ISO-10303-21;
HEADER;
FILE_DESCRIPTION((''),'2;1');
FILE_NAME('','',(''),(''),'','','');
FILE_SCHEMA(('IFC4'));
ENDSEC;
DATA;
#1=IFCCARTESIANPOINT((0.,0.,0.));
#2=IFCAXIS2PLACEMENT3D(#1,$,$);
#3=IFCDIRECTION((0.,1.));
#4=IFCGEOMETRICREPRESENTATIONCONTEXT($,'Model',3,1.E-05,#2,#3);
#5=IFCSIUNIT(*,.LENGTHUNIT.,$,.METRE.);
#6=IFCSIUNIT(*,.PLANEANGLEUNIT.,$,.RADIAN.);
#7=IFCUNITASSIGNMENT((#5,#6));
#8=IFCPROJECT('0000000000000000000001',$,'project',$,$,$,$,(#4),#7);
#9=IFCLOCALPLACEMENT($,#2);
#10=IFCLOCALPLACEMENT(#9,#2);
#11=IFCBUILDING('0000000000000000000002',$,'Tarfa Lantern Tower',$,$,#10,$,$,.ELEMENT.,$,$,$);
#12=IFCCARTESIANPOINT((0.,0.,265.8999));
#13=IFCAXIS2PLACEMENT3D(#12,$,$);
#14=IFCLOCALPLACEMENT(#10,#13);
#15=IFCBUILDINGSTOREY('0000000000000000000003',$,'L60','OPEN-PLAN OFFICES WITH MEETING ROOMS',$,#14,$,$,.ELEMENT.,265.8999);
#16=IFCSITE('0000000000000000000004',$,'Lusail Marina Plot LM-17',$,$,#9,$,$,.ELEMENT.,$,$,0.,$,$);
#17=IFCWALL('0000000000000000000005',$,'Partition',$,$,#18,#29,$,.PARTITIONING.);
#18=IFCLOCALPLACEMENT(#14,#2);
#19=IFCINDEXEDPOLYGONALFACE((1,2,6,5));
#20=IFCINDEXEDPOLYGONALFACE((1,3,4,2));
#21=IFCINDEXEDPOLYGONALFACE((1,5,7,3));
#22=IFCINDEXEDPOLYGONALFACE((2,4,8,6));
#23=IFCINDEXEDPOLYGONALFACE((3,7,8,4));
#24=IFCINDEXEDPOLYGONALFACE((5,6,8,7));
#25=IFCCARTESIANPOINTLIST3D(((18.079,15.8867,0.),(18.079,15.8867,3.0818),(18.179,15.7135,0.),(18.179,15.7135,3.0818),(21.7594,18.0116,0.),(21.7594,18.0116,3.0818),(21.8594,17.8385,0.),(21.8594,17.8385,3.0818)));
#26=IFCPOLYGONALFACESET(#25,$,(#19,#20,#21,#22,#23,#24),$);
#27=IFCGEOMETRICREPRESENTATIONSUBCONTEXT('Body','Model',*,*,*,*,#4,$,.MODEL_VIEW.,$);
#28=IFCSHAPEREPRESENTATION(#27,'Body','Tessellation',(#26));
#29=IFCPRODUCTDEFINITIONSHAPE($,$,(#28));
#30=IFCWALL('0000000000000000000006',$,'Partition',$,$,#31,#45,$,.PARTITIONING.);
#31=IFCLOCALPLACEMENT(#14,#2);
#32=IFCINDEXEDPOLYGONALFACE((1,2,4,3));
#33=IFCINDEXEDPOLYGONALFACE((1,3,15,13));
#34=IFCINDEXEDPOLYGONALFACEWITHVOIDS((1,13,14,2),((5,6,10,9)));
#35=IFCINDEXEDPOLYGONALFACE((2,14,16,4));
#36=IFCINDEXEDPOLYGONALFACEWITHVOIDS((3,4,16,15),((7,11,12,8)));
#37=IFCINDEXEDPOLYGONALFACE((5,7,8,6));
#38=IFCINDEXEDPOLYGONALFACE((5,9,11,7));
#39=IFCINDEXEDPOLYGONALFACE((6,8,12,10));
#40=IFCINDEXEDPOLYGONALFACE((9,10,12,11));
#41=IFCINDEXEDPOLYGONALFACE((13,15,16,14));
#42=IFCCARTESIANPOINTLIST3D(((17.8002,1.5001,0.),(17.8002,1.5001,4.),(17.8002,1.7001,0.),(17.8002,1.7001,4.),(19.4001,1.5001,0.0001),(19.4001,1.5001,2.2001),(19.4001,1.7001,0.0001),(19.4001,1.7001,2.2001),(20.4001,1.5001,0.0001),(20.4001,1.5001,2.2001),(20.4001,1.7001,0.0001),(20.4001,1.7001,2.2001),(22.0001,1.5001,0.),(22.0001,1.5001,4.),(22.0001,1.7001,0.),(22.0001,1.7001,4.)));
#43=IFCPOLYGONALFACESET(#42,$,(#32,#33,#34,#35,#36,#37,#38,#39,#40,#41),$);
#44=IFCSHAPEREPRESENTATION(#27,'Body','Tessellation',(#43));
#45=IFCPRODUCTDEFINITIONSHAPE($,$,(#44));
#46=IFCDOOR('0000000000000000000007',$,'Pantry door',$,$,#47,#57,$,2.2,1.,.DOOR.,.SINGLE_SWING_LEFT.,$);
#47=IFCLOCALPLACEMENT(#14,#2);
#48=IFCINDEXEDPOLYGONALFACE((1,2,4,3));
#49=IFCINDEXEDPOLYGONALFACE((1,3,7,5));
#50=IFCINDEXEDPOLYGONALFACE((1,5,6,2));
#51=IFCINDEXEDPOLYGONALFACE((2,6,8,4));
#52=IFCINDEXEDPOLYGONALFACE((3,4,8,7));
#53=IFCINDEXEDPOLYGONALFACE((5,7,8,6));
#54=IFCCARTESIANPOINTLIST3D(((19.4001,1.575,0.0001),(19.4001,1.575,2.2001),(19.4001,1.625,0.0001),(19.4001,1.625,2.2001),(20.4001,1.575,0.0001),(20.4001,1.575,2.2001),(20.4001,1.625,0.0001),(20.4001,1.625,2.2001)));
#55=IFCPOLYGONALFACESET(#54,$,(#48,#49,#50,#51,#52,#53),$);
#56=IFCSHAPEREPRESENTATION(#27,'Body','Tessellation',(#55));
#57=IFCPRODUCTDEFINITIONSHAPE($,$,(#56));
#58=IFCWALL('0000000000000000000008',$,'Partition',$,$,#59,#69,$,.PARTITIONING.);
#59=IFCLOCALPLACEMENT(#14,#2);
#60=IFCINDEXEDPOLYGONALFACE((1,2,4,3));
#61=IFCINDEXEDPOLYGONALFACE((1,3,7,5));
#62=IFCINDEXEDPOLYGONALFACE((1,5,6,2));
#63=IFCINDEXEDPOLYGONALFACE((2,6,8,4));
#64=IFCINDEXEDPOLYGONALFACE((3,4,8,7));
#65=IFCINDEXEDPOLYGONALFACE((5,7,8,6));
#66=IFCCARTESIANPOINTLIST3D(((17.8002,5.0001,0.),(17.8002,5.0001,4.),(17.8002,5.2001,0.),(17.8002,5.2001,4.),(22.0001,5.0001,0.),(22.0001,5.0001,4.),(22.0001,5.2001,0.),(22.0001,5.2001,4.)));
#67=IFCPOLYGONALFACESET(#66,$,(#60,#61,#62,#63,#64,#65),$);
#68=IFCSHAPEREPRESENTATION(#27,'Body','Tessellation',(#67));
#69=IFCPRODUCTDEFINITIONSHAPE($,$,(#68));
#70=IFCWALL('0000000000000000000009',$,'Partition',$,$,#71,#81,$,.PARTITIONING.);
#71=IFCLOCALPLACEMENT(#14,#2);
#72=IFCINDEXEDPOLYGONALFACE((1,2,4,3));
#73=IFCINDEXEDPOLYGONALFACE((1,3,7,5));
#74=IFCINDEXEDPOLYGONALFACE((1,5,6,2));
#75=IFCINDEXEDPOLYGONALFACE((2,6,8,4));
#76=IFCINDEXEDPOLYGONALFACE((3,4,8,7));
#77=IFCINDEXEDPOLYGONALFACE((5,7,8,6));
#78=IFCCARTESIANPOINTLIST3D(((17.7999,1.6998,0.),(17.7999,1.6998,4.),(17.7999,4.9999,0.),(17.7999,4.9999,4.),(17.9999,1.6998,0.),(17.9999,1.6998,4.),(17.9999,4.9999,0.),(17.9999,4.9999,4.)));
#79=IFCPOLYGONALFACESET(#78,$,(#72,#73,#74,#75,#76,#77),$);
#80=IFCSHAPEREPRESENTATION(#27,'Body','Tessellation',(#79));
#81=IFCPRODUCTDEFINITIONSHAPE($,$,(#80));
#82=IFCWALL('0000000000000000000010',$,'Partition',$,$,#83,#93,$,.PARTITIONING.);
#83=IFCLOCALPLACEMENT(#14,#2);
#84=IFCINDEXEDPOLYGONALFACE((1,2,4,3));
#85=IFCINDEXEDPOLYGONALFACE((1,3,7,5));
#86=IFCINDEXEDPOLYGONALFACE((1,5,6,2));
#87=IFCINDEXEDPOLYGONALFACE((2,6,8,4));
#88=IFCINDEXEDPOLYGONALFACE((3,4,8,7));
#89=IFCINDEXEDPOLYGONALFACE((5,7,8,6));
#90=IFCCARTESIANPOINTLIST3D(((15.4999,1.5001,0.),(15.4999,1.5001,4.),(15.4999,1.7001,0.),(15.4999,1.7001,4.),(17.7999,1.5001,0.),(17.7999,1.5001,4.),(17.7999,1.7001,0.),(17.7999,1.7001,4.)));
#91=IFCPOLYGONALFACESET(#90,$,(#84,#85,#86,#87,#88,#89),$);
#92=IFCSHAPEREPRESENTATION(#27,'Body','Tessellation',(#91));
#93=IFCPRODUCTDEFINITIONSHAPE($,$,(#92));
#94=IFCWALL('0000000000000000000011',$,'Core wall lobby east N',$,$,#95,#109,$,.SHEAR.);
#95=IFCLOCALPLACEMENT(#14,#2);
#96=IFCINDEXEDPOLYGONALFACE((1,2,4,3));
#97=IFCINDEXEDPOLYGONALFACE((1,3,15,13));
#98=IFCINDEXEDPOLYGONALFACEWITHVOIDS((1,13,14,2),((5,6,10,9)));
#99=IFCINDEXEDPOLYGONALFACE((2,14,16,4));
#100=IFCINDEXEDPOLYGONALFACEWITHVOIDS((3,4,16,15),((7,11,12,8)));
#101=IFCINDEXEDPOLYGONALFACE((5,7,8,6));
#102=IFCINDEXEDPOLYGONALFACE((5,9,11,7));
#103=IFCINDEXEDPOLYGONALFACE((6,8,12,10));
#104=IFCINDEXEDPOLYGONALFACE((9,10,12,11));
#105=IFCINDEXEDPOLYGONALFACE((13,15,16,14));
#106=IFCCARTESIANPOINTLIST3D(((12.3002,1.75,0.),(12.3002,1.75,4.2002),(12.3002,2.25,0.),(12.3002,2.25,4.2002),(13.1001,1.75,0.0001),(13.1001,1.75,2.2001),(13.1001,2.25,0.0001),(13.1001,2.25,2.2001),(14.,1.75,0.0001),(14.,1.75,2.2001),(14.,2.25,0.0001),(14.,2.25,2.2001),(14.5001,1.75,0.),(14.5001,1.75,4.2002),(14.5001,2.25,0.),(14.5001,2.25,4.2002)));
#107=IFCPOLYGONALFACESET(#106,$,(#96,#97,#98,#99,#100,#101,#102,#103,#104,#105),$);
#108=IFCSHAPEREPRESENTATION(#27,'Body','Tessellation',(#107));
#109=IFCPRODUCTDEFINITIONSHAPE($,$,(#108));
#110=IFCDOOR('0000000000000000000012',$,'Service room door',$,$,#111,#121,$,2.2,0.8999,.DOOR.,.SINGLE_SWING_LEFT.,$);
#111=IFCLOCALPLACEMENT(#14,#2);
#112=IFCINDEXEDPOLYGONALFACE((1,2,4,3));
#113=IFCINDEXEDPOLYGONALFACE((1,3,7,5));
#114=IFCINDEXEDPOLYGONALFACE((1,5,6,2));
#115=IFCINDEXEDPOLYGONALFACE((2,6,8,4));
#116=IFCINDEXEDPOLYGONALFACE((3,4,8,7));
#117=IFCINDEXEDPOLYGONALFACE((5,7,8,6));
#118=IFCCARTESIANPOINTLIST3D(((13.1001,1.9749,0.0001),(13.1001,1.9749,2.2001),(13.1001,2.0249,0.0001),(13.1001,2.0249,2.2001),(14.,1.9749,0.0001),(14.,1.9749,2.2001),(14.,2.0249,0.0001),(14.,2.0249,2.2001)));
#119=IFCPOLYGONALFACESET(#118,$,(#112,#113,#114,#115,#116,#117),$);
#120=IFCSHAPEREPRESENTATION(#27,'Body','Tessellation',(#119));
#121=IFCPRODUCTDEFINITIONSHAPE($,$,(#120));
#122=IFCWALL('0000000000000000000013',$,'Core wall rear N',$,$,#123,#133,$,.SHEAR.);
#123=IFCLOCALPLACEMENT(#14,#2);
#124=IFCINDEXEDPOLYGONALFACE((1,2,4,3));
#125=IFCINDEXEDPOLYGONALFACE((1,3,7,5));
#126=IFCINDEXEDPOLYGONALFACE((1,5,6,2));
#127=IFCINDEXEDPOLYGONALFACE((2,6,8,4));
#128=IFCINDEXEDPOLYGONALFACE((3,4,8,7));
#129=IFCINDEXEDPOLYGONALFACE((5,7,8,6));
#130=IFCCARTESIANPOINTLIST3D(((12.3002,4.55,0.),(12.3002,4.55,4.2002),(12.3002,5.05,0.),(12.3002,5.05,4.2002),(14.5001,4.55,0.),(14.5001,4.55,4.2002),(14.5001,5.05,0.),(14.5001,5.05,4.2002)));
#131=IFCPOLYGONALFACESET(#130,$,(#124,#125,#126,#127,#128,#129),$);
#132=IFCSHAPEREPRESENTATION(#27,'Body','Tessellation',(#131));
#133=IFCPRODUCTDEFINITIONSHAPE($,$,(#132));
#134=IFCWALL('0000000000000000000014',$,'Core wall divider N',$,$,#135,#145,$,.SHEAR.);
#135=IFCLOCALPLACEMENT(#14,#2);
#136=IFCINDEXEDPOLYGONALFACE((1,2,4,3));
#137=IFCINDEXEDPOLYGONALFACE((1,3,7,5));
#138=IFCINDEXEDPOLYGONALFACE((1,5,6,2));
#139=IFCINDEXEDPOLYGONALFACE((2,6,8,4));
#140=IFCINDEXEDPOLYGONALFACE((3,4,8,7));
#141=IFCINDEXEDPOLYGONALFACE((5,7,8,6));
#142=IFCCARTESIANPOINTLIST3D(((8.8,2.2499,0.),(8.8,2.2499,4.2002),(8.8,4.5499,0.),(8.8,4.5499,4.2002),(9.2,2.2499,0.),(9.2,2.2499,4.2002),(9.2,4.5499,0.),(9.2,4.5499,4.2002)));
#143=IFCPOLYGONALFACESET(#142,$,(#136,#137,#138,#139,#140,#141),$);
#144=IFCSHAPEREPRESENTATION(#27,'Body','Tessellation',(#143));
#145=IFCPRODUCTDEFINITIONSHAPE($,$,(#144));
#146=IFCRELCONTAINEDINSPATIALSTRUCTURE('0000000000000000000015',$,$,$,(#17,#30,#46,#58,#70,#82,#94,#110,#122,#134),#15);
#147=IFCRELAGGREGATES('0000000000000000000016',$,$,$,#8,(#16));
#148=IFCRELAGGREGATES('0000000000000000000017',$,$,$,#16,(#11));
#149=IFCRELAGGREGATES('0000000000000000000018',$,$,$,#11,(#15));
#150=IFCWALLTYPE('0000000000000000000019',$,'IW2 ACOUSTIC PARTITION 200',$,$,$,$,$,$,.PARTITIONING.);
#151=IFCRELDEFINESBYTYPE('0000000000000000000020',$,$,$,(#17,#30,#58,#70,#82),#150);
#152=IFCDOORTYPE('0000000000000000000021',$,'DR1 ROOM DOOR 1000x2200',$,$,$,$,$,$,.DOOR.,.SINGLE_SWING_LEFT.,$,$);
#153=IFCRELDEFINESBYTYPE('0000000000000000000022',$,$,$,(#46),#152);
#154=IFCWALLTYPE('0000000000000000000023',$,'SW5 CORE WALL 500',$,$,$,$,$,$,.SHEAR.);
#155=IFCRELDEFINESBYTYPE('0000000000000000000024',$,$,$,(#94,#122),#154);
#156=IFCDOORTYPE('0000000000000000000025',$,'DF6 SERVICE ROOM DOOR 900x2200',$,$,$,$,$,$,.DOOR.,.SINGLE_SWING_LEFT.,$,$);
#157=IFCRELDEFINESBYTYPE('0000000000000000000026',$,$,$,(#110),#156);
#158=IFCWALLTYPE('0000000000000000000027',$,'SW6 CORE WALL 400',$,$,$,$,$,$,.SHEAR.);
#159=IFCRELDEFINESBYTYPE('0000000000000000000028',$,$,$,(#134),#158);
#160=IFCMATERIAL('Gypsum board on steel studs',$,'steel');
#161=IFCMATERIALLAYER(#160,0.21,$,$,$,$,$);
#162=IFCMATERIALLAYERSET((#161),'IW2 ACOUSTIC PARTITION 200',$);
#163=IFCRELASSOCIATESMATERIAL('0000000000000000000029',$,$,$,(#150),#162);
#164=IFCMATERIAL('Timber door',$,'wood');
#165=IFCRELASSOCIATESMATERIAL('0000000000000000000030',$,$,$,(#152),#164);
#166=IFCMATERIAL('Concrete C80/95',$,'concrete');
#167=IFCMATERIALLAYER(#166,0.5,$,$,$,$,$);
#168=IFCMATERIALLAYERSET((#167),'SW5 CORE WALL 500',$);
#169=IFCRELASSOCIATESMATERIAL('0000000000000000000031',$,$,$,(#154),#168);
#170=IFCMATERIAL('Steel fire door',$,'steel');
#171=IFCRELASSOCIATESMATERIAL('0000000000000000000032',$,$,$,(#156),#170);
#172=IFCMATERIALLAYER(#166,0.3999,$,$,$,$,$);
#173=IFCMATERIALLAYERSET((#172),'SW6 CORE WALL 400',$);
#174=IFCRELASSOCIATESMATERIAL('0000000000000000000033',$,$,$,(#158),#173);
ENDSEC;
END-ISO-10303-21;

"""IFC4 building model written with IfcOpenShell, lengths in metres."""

from ifc_helpers import new_model, si_unit, direction, frame, frame_2d, origin, place, context, subcontext, project, spatial, rectangle, extrude, material, layer, layer_set, type_object, element, fill, save


model = new_model("IFC4")

# Units and contexts
model_context = context("Model", 3, precision=1e-05, world=origin(), true_north=direction((0.0, 1.0)))
body_context = subcontext(model_context, "Body", "Model", "MODEL_VIEW")
ifc_project = project(units=[si_unit("LENGTHUNIT", "METRE"), si_unit("PLANEANGLEUNIT", "RADIAN")], contexts=[model_context])

# Site, building, storey
site_placement = place(None, origin())
site = spatial("IfcSite", under=ifc_project, at=site_placement, Name="Lusail Marina Plot LM-17", CompositionType="ELEMENT", RefElevation=0.0)
building_placement = place(site_placement, origin())
building = spatial("IfcBuilding", under=site, at=building_placement, Name="Tarfa Lantern Tower", CompositionType="ELEMENT")
storey_placement = place(building_placement, frame((0.0, 0.0, 265.8999)))
storey = spatial("IfcBuildingStorey", under=building, at=storey_placement, Name="L60", Description="OPEN-PLAN OFFICES WITH MEETING ROOMS", CompositionType="ELEMENT", Elevation=265.8999)

# Shared definitions
ifc_material_1 = material(Name="Concrete C80/95", Category="concrete")

# Wall
ifc_material_2 = material(Name="Gypsum board on steel studs", Category="steel")
ifc_layer_1 = layer(ifc_material_2, 0.21)
ifc_layer_set_1 = layer_set([ifc_layer_1], Name="IW2 ACOUSTIC PARTITION 200")
wall_type_1 = type_object("IfcWallType", Name="IW2 ACOUSTIC PARTITION 200", PredefinedType="PARTITIONING", material=ifc_layer_set_1)
wall_1_placement = place(storey_placement, frame((18.1289, 15.8, 0.0), z_axis=(0.0, 0.0, 1.0), x_axis=(0.866014, 0.500019, 0.0)))
element("IfcWall", 1, at=wall_1_placement, inside=storey, type_object=wall_type_1, Name="Partition", PredefinedType="PARTITIONING", context=body_context, shape_type="SweptSolid", body=[
    extrude(rectangle(XDim=4.2498, YDim=0.2, at=frame_2d((2.125, 0.0))), origin(), (0.0, 0.0, 1.0), 3.0818),
])

# Wall, opening, door
wall_2_placement = place(storey_placement, frame((17.8, 1.6001, 0.0), z_axis=(0.0, 0.0, 1.0), x_axis=(1.0, 0.0, 0.0)))
wall_2 = element("IfcWall", 2, at=wall_2_placement, inside=storey, type_object=wall_type_1, Name="Partition", PredefinedType="PARTITIONING", context=body_context, shape_type="SweptSolid", body=[
    extrude(rectangle(XDim=4.2, YDim=0.2, at=frame_2d((2.1001, 0.0))), origin(), (0.0, 0.0, 1.0), 4.0),
])
opening_1_placement = place(wall_2_placement, frame((1.6001, 0.0, 0.0)))
opening_1 = element("IfcOpeningElement", 3, at=opening_1_placement, cuts=wall_2, PredefinedType="OPENING", context=body_context, shape_type="SweptSolid", body=[
    extrude(rectangle(XDim=1.0, YDim=2.2, at=frame_2d((0.5, 1.1001))), frame((0.0, 0.1099, 0.0), z_axis=(0.0, -1.0, 0.0), x_axis=(1.0, 0.0, 0.0)), (0.0, 0.0, 1.0), 0.22),
])
ifc_material_3 = material(Name="Timber door", Category="wood")
door_type_1 = type_object("IfcDoorType", Name="DR1 ROOM DOOR 1000x2200", OperationType="SINGLE_SWING_LEFT", PredefinedType="DOOR", material=ifc_material_3)
door_1_placement = place(opening_1_placement, origin())
door_1 = element("IfcDoor", 4, at=door_1_placement, inside=storey, type_object=door_type_1, Name="Pantry door", OperationType="SINGLE_SWING_LEFT", OverallHeight=2.2, OverallWidth=1.0, PredefinedType="DOOR", context=body_context, shape_type="SweptSolid", body=[
    extrude(rectangle(XDim=1.0, YDim=2.2, at=frame_2d((0.5, 1.1001))), frame((0.0, 0.0249, 0.0), z_axis=(0.0, -1.0, 0.0), x_axis=(1.0, 0.0, 0.0)), (0.0, 0.0, 1.0), 0.05),
])
fill(opening_1, door_1)

# Walls
wall_3_placement = place(storey_placement, frame((17.8, 5.1001, 0.0), z_axis=(0.0, 0.0, 1.0), x_axis=(1.0, 0.0, 0.0)))
element("IfcWall", 5, at=wall_3_placement, inside=storey, type_object=wall_type_1, Name="Partition", PredefinedType="PARTITIONING", context=body_context, shape_type="SweptSolid", body=[
    extrude(rectangle(XDim=4.2, YDim=0.2, at=frame_2d((2.1001, 0.0))), origin(), (0.0, 0.0, 1.0), 4.0),
])
wall_4_placement = place(storey_placement, frame((17.8999, 1.7, 0.0), z_axis=(0.0, 0.0, 1.0), x_axis=(0.0, 1.0, 0.0)))
element("IfcWall", 6, at=wall_4_placement, inside=storey, type_object=wall_type_1, Name="Partition", PredefinedType="PARTITIONING", context=body_context, shape_type="SweptSolid", body=[
    extrude(rectangle(XDim=3.3, YDim=0.2, at=frame_2d((1.6499, 0.0))), origin(), (0.0, 0.0, 1.0), 4.0),
])
wall_5_placement = place(storey_placement, frame((15.5, 1.6001, 0.0), z_axis=(0.0, 0.0, 1.0), x_axis=(1.0, 0.0, 0.0)))
element("IfcWall", 7, at=wall_5_placement, inside=storey, type_object=wall_type_1, Name="Partition", PredefinedType="PARTITIONING", context=body_context, shape_type="SweptSolid", body=[
    extrude(rectangle(XDim=2.3, YDim=0.2, at=frame_2d((1.1499, 0.0))), origin(), (0.0, 0.0, 1.0), 4.0),
])

# Wall, opening, door
ifc_layer_2 = layer(ifc_material_1, 0.5)
ifc_layer_set_2 = layer_set([ifc_layer_2], Name="SW5 CORE WALL 500")
wall_type_2 = type_object("IfcWallType", Name="SW5 CORE WALL 500", PredefinedType="SHEAR", material=ifc_layer_set_2)
wall_6_placement = place(storey_placement, frame((12.3, 2.0, 0.0), z_axis=(0.0, 0.0, 1.0), x_axis=(1.0, 0.0, 0.0)))
wall_6 = element("IfcWall", 8, at=wall_6_placement, inside=storey, type_object=wall_type_2, Name="Core wall lobby east N", PredefinedType="SHEAR", context=body_context, shape_type="SweptSolid", body=[
    extrude(rectangle(XDim=2.2, YDim=0.5, at=frame_2d((1.1001, 0.0))), origin(), (0.0, 0.0, 1.0), 4.2002),
])
opening_2_placement = place(wall_6_placement, frame((0.8, 0.0, 0.0)))
opening_2 = element("IfcOpeningElement", 9, at=opening_2_placement, cuts=wall_6, PredefinedType="OPENING", context=body_context, shape_type="SweptSolid", body=[
    extrude(rectangle(XDim=0.8999, YDim=2.2, at=frame_2d((0.45, 1.1001))), frame((0.0, 0.26, 0.0), z_axis=(0.0, -1.0, 0.0), x_axis=(1.0, 0.0, 0.0)), (0.0, 0.0, 1.0), 0.52),
])
ifc_material_4 = material(Name="Steel fire door", Category="steel")
door_type_2 = type_object("IfcDoorType", Name="DF6 SERVICE ROOM DOOR 900x2200", OperationType="SINGLE_SWING_LEFT", PredefinedType="DOOR", material=ifc_material_4)
door_2_placement = place(opening_2_placement, origin())
door_2 = element("IfcDoor", 10, at=door_2_placement, inside=storey, type_object=door_type_2, Name="Service room door", OperationType="SINGLE_SWING_LEFT", OverallHeight=2.2, OverallWidth=0.8999, PredefinedType="DOOR", context=body_context, shape_type="SweptSolid", body=[
    extrude(rectangle(XDim=0.8999, YDim=2.2, at=frame_2d((0.45, 1.1001))), frame((0.0, 0.0249, 0.0), z_axis=(0.0, -1.0, 0.0), x_axis=(1.0, 0.0, 0.0)), (0.0, 0.0, 1.0), 0.05),
])
fill(opening_2, door_2)

# Walls
wall_7_placement = place(storey_placement, frame((12.3, 4.8, 0.0), z_axis=(0.0, 0.0, 1.0), x_axis=(1.0, 0.0, 0.0)))
element("IfcWall", 11, at=wall_7_placement, inside=storey, type_object=wall_type_2, Name="Core wall rear N", PredefinedType="SHEAR", context=body_context, shape_type="SweptSolid", body=[
    extrude(rectangle(XDim=2.2, YDim=0.5, at=frame_2d((1.1001, 0.0))), origin(), (0.0, 0.0, 1.0), 4.2002),
])
ifc_layer_3 = layer(ifc_material_1, 0.3999)
ifc_layer_set_3 = layer_set([ifc_layer_3], Name="SW6 CORE WALL 400")
wall_type_3 = type_object("IfcWallType", Name="SW6 CORE WALL 400", PredefinedType="SHEAR", material=ifc_layer_set_3)
wall_8_placement = place(storey_placement, frame((9.0, 2.25, 0.0), z_axis=(0.0, 0.0, 1.0), x_axis=(0.0, 1.0, 0.0)))
element("IfcWall", 12, at=wall_8_placement, inside=storey, type_object=wall_type_3, Name="Core wall divider N", PredefinedType="SHEAR", context=body_context, shape_type="SweptSolid", body=[
    extrude(rectangle(XDim=2.3, YDim=0.3999, at=frame_2d((1.1499, 0.0))), origin(), (0.0, 0.0, 1.0), 4.2002),
])

save(model, "model.ifc")
